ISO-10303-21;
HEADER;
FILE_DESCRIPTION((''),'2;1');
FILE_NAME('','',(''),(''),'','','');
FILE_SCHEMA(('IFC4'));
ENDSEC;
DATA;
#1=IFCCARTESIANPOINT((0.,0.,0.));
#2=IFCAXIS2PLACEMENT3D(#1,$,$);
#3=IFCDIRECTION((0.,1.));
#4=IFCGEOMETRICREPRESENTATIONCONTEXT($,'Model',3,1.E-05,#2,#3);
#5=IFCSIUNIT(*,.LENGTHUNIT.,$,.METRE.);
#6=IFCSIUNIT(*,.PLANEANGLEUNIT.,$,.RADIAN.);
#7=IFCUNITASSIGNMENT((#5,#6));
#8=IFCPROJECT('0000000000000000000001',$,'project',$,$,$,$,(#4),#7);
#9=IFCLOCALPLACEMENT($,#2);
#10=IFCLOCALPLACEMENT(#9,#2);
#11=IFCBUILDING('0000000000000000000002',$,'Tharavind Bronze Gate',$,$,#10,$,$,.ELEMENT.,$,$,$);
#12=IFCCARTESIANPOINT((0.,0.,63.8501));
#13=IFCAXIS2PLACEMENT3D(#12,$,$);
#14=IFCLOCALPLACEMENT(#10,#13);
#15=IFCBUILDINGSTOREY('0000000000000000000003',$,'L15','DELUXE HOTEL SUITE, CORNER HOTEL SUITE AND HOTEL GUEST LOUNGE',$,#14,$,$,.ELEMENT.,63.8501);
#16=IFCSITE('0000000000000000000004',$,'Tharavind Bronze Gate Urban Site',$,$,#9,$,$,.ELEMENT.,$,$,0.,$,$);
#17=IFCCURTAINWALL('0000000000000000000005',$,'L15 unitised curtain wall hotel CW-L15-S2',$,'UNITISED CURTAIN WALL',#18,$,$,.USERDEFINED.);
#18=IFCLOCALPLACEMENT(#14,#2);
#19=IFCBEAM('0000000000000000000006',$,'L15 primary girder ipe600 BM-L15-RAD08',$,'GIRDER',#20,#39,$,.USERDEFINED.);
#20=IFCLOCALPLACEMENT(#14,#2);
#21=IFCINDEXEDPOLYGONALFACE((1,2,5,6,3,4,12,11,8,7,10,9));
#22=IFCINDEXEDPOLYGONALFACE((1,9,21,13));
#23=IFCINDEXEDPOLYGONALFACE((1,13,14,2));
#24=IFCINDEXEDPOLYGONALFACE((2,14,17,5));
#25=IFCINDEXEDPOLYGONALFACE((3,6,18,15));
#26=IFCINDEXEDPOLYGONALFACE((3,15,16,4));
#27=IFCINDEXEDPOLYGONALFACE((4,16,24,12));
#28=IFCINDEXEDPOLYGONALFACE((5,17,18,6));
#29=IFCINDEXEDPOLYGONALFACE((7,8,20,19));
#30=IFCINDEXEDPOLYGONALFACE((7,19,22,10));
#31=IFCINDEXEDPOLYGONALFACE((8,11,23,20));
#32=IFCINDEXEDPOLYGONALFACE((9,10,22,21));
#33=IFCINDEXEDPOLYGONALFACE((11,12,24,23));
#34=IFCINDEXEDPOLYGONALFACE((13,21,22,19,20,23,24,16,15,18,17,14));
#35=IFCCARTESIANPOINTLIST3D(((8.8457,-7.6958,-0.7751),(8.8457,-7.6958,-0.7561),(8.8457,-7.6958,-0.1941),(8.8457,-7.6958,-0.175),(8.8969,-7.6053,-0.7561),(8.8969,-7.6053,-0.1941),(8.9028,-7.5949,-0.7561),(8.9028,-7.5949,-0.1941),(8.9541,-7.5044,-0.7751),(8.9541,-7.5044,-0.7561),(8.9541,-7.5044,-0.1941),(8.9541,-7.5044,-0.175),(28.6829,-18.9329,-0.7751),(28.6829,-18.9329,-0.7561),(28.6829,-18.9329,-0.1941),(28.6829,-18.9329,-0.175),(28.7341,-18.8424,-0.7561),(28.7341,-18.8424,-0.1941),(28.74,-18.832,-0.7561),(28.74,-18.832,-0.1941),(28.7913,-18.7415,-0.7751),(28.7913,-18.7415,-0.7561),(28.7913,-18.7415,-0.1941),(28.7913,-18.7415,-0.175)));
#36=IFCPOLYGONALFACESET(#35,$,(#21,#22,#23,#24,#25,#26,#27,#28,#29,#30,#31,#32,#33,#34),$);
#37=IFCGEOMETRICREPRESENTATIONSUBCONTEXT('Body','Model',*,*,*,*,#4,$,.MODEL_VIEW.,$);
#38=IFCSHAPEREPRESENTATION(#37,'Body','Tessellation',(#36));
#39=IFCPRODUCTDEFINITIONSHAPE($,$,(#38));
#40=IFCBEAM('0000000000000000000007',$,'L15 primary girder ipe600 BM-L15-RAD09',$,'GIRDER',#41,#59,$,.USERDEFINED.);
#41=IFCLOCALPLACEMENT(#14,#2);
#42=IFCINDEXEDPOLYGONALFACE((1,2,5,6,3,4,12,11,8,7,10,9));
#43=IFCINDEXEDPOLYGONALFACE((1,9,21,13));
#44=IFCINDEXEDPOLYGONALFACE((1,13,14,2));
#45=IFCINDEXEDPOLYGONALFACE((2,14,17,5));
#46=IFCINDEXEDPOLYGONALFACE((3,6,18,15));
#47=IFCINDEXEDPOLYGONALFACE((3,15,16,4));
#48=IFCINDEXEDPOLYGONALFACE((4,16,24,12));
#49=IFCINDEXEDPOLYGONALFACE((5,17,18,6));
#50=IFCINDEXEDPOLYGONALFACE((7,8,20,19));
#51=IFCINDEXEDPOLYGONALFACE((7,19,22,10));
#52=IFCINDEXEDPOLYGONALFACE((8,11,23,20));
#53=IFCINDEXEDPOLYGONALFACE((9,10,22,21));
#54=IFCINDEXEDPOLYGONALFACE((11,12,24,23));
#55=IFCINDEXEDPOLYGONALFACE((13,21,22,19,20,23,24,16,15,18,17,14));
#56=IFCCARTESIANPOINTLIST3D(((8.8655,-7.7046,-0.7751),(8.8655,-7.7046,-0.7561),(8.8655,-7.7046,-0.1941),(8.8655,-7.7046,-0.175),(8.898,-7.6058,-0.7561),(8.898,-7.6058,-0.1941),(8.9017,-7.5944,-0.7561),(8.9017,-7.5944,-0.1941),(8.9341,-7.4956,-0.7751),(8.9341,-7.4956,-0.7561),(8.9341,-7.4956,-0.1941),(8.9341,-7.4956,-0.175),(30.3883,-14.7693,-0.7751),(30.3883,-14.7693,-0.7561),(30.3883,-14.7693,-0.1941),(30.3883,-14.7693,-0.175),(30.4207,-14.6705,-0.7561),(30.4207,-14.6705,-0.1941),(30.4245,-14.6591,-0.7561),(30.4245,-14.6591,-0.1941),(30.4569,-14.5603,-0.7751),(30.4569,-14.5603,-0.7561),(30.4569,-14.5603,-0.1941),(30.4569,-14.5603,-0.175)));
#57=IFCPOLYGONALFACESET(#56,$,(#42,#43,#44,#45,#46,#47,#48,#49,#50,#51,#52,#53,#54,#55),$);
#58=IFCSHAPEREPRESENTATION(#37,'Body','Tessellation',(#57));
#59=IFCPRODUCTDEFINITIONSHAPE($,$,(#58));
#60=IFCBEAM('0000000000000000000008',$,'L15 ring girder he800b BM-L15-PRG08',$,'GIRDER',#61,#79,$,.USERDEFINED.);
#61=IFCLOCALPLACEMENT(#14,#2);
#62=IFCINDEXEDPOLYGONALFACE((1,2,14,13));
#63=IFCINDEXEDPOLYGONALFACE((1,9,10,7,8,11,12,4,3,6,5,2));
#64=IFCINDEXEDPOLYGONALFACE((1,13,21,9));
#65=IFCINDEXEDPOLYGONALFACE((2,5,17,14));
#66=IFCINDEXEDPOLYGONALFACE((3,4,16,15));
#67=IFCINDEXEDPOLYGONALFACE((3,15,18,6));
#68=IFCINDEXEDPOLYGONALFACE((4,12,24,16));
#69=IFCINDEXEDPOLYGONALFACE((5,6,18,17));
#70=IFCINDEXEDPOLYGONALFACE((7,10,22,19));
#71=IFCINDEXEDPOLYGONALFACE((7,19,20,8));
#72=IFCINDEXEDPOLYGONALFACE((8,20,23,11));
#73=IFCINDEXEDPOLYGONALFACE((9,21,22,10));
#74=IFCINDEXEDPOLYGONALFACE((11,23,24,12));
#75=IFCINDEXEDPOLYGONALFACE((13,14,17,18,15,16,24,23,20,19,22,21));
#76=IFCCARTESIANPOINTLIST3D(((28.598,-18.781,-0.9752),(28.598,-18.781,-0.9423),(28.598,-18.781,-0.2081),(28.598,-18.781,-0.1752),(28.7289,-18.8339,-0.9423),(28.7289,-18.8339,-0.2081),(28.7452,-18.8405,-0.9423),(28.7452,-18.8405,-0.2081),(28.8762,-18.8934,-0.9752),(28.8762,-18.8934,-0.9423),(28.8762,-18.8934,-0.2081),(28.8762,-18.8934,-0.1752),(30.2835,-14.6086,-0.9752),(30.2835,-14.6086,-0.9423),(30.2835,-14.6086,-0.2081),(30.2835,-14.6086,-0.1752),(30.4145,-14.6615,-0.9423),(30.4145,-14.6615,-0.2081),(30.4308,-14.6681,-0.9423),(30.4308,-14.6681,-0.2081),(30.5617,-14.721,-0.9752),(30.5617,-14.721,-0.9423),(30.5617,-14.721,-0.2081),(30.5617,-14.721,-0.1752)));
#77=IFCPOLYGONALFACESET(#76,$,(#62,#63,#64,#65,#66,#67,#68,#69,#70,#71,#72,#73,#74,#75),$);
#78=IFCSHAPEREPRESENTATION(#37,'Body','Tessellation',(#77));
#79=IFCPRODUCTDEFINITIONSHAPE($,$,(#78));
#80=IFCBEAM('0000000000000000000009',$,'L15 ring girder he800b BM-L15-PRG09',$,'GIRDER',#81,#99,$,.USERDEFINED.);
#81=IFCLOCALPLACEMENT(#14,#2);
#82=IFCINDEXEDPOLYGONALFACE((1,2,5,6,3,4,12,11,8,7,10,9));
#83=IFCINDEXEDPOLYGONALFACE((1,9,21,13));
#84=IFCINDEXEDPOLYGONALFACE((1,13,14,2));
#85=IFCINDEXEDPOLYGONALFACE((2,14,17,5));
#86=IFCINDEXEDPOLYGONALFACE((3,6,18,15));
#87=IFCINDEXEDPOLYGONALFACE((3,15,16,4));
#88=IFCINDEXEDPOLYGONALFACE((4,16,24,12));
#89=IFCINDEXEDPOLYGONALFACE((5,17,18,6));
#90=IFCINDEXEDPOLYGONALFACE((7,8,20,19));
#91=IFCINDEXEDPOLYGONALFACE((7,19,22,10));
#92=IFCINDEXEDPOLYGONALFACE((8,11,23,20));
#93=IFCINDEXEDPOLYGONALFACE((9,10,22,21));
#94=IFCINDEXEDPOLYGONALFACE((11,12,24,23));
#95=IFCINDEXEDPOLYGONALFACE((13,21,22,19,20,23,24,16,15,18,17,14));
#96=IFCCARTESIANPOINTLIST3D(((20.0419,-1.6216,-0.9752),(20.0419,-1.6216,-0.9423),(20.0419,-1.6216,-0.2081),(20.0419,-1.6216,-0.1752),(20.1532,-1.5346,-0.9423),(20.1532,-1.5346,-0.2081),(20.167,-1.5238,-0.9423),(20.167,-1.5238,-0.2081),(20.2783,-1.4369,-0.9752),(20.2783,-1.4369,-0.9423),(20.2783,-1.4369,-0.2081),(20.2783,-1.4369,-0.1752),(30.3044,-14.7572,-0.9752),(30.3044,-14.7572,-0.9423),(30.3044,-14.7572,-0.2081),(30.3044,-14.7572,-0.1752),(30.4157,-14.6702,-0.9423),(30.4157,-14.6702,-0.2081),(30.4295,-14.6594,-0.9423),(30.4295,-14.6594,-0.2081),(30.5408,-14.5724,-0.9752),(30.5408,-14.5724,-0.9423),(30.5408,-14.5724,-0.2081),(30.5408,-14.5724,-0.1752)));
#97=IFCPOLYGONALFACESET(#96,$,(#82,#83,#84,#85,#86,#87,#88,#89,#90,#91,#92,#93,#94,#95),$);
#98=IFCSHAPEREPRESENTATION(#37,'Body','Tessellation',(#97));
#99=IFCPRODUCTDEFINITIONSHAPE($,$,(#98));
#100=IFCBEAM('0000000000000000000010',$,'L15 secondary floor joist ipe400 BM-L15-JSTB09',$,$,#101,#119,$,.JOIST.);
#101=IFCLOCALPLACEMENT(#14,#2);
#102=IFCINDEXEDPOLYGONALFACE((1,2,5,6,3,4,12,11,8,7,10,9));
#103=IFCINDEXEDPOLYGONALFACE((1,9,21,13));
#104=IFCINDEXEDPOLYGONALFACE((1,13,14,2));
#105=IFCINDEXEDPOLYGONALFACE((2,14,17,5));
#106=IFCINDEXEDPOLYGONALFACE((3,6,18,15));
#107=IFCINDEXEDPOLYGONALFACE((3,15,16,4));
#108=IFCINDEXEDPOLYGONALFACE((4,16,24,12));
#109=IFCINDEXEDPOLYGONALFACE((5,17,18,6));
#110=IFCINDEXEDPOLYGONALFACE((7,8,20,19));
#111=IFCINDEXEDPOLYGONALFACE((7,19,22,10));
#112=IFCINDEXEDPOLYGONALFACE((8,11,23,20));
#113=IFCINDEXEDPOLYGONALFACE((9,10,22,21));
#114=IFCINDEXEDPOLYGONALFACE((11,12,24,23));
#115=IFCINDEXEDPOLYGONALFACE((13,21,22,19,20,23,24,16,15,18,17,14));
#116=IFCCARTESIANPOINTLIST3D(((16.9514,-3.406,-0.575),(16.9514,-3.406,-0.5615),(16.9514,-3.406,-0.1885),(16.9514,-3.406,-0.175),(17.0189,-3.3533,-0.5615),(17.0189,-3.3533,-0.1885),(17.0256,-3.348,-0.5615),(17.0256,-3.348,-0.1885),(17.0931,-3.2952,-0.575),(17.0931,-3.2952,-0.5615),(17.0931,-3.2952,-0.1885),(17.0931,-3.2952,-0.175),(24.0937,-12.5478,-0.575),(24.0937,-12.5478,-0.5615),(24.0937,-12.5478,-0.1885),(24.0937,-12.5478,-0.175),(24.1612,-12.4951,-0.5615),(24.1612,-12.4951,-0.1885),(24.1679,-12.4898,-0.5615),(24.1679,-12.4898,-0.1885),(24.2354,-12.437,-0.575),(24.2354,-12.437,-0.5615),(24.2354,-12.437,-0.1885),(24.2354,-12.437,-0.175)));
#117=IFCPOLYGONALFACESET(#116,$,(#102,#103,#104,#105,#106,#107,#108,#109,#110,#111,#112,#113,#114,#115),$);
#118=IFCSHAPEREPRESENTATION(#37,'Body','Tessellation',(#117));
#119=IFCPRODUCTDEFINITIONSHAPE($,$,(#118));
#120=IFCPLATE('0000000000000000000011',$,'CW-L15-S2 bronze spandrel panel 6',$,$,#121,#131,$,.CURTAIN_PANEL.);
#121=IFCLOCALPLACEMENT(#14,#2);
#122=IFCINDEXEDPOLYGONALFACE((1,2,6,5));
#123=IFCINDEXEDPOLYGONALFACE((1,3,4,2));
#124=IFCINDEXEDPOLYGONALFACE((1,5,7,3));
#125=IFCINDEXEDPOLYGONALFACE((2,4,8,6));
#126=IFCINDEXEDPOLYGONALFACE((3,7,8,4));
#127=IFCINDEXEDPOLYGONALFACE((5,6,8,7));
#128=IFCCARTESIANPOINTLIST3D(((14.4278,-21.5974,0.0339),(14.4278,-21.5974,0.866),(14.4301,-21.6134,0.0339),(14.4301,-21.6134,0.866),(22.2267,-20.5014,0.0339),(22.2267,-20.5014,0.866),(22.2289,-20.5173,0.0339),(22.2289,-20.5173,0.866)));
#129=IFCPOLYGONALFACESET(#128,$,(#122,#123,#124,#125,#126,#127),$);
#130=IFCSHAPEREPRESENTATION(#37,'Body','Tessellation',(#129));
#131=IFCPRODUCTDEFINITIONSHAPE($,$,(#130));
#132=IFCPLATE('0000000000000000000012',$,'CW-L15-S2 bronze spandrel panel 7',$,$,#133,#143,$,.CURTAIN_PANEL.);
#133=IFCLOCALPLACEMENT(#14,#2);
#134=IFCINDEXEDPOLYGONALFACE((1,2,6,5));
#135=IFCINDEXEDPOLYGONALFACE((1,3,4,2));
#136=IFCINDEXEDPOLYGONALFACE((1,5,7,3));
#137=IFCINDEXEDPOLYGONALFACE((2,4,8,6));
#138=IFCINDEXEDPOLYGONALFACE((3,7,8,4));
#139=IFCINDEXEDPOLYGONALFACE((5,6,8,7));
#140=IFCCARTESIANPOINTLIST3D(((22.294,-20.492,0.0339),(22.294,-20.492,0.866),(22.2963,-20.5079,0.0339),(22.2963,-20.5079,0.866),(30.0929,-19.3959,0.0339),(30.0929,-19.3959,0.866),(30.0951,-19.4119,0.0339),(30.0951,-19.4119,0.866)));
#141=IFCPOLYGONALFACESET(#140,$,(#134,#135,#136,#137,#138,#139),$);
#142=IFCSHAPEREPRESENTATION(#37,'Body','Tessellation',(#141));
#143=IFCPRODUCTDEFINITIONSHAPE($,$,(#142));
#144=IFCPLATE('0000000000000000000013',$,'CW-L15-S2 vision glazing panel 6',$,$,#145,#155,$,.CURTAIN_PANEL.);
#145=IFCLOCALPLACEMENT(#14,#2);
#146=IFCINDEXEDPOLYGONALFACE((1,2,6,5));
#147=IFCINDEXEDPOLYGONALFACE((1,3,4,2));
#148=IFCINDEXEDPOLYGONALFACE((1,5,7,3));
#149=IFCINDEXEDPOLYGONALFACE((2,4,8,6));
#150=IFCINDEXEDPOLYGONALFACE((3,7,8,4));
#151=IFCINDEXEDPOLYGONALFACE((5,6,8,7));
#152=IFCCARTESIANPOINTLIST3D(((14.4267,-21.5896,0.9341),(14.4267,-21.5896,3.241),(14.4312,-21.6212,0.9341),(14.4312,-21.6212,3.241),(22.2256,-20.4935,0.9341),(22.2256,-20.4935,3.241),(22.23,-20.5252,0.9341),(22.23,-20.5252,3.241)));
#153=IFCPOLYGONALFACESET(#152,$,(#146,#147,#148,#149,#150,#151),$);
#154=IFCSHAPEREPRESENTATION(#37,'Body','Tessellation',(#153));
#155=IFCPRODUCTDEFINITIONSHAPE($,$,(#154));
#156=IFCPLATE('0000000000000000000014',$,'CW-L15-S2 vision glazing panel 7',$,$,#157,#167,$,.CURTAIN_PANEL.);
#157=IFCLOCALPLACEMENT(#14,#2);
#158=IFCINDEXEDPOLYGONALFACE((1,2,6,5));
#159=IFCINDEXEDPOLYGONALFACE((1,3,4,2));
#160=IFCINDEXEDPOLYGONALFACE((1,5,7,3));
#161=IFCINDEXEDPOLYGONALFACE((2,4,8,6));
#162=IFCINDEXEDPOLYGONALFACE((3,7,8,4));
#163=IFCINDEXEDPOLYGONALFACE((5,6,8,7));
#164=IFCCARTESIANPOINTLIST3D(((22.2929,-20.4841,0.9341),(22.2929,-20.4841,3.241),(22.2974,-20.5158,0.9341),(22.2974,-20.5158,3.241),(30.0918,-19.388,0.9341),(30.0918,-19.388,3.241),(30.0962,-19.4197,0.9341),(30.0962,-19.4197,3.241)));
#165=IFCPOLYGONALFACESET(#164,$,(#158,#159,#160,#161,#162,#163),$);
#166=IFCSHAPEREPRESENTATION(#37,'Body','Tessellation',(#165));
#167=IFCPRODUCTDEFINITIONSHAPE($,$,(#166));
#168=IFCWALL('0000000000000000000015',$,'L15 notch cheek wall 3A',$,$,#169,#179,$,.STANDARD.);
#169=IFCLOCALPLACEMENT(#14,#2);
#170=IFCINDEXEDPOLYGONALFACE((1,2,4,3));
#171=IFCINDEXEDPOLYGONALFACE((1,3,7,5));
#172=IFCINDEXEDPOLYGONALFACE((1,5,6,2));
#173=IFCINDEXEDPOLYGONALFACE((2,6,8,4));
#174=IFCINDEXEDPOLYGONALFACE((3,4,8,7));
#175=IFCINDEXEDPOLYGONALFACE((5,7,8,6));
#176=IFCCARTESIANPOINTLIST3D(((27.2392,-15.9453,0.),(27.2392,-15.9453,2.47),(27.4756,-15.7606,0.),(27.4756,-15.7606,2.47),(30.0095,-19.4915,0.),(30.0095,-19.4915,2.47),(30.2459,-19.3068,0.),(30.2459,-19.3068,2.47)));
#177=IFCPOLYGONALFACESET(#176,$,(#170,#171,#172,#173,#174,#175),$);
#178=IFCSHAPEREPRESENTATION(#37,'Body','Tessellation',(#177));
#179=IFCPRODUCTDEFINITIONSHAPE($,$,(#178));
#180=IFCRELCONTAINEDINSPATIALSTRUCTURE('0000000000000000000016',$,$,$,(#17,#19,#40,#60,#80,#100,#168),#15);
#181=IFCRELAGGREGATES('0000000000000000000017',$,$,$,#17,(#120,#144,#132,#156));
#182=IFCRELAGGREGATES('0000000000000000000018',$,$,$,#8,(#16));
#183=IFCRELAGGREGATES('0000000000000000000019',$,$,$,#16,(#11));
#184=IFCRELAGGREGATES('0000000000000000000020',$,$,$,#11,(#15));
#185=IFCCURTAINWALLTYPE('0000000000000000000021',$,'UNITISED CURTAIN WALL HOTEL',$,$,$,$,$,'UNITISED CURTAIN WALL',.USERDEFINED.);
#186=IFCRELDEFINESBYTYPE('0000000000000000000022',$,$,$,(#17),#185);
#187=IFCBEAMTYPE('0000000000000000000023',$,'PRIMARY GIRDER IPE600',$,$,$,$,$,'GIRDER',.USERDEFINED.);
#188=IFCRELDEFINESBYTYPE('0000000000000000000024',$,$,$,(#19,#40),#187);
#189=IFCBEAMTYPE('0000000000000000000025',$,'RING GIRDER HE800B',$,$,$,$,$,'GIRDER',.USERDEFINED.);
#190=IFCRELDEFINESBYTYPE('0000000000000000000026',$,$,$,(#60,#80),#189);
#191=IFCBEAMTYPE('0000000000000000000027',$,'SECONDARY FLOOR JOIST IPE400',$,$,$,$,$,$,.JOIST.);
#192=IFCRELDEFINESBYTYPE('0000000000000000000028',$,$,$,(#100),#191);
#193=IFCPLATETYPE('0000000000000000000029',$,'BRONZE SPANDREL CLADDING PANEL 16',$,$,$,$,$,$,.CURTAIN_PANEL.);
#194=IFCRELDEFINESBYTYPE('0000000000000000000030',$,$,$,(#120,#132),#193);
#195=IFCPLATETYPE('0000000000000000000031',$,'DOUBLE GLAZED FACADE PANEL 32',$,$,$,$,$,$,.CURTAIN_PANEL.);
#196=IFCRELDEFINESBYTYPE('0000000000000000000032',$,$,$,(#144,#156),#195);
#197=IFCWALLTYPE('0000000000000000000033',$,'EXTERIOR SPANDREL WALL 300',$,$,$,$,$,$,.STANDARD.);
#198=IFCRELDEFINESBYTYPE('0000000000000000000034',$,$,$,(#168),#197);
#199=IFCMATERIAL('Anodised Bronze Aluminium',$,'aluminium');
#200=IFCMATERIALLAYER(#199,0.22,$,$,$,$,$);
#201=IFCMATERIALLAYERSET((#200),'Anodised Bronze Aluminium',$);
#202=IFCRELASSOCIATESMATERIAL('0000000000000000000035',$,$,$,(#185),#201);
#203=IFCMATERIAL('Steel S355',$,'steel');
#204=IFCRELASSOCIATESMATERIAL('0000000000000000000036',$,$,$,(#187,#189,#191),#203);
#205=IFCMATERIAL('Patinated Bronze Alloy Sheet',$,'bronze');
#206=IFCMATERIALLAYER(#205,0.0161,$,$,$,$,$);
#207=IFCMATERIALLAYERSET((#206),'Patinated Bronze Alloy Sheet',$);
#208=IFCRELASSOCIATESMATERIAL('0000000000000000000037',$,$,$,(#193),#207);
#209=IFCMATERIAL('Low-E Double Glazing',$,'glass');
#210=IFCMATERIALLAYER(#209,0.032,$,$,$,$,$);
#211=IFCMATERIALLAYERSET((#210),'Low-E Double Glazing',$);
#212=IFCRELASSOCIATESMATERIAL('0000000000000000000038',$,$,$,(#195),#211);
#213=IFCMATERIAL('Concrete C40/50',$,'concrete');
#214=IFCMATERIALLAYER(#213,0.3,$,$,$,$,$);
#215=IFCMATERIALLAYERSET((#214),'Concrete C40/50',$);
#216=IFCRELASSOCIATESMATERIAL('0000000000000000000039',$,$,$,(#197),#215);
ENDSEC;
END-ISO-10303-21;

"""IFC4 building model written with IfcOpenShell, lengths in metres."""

from ifc_helpers import new_model, si_unit, direction, frame, frame_2d, origin, origin_2d, place, context, subcontext, project, spatial, rectangle, i_section, extrude, material, layer, layer_set, material_profile, profile_set, type_object, element, aggregate, save


model = new_model("IFC4")

# Units and contexts
model_context = context("Model", 3, precision=1e-05, world=origin(), true_north=direction((0.0, 1.0)))
body_context = subcontext(model_context, "Body", "Model", "MODEL_VIEW")
ifc_project = project(units=[si_unit("LENGTHUNIT", "METRE"), si_unit("PLANEANGLEUNIT", "RADIAN")], contexts=[model_context])

# Site, building, storey
site_placement = place(None, origin())
site = spatial("IfcSite", under=ifc_project, at=site_placement, Name="Tharavind Bronze Gate Urban Site", CompositionType="ELEMENT", RefElevation=0.0)
building_placement = place(site_placement, origin())
building = spatial("IfcBuilding", under=site, at=building_placement, Name="Tharavind Bronze Gate", CompositionType="ELEMENT")
storey_placement = place(building_placement, frame((0.0, 0.0, 63.8501)))
storey = spatial("IfcBuildingStorey", under=building, at=storey_placement, Name="L15", Description="DELUXE HOTEL SUITE, CORNER HOTEL SUITE AND HOTEL GUEST LOUNGE", CompositionType="ELEMENT", Elevation=63.8501)

# Curtain wall
ifc_material_1 = material(Name="Anodised Bronze Aluminium", Category="aluminium")
ifc_layer_1 = layer(ifc_material_1, 0.22)
ifc_layer_set_1 = layer_set([ifc_layer_1], Name="Anodised Bronze Aluminium")
curtain_wall_type = type_object("IfcCurtainWallType", Name="UNITISED CURTAIN WALL HOTEL", ElementType="UNITISED CURTAIN WALL", PredefinedType="USERDEFINED", material=ifc_layer_set_1)
curtain_wall_1_placement = place(storey_placement, origin())
curtain_wall_1 = element("IfcCurtainWall", 1, at=curtain_wall_1_placement, inside=storey, type_object=curtain_wall_type, Name="L15 unitised curtain wall hotel CW-L15-S2", ObjectType="UNITISED CURTAIN WALL", PredefinedType="USERDEFINED")

# Beams
ifc_material_2 = material(Name="Steel S355", Category="steel")
ifc_material_profile_1 = material_profile(ifc_material_2, i_section(OverallWidth=0.22, OverallDepth=0.6001, WebThickness=0.012, FlangeThickness=0.019, at=origin_2d()), Name="IPE600")
ifc_profile_set_1 = profile_set([ifc_material_profile_1], Name="Steel S355")
beam_type_1 = type_object("IfcBeamType", Name="PRIMARY GIRDER IPE600", ElementType="GIRDER", PredefinedType="USERDEFINED", material=ifc_profile_set_1)
beam_1_placement = place(storey_placement, frame((28.7371, -18.8372, -0.4751), z_axis=(-0.870097, 0.49288, 0.0), x_axis=(-0.49288, -0.870097, 0.0)))
element("IfcBeam", 2, at=beam_1_placement, inside=storey, type_object=beam_type_1, Name="L15 primary girder ipe600 BM-L15-RAD08", ObjectType="GIRDER", PredefinedType="USERDEFINED", context=body_context, shape_type="SweptSolid", body=[
    extrude(i_section(OverallWidth=0.22, OverallDepth=0.6001, WebThickness=0.012, FlangeThickness=0.019, at=origin_2d()), origin(), (0.0, 0.0, 1.0), 22.7988),
])
beam_2_placement = place(storey_placement, frame((30.4226, -14.6648, -0.4751), z_axis=(-0.950124, 0.311872, 0.0), x_axis=(-0.311872, -0.950124, 0.0)))
element("IfcBeam", 3, at=beam_2_placement, inside=storey, type_object=beam_type_1, Name="L15 primary girder ipe600 BM-L15-RAD09", ObjectType="GIRDER", PredefinedType="USERDEFINED", context=body_context, shape_type="SweptSolid", body=[
    extrude(i_section(OverallWidth=0.22, OverallDepth=0.6001, WebThickness=0.012, FlangeThickness=0.019, at=origin_2d()), origin(), (0.0, 0.0, 1.0), 22.6526),
])
ifc_material_profile_2 = material_profile(ifc_material_2, i_section(OverallWidth=0.3, OverallDepth=0.8, WebThickness=0.0176, FlangeThickness=0.033, at=origin_2d()), Name="HE800B")
ifc_profile_set_2 = profile_set([ifc_material_profile_2], Name="Steel S355")
beam_type_2 = type_object("IfcBeamType", Name="RING GIRDER HE800B", ElementType="GIRDER", PredefinedType="USERDEFINED", material=ifc_profile_set_2)
beam_3_placement = place(storey_placement, frame((28.7371, -18.8372, -0.5752), z_axis=(0.374569, 0.927199, 0.0), x_axis=(-0.927199, 0.374569, 0.0)))
element("IfcBeam", 4, at=beam_3_placement, inside=storey, type_object=beam_type_2, Name="L15 ring girder he800b BM-L15-PRG08", ObjectType="GIRDER", PredefinedType="USERDEFINED", context=body_context, shape_type="SweptSolid", body=[
    extrude(i_section(OverallWidth=0.3, OverallDepth=0.8, WebThickness=0.0176, FlangeThickness=0.033, at=origin_2d()), origin(), (0.0, 0.0, 1.0), 4.5),
])
beam_4_placement = place(storey_placement, frame((30.4226, -14.6648, -0.5752), z_axis=(-0.615657, 0.788014, 0.0), x_axis=(-0.788014, -0.615657, 0.0)))
element("IfcBeam", 5, at=beam_4_placement, inside=storey, type_object=beam_type_2, Name="L15 ring girder he800b BM-L15-PRG09", ObjectType="GIRDER", PredefinedType="USERDEFINED", context=body_context, shape_type="SweptSolid", body=[
    extrude(i_section(OverallWidth=0.3, OverallDepth=0.8, WebThickness=0.0176, FlangeThickness=0.033, at=origin_2d()), origin(), (0.0, 0.0, 1.0), 16.6692),
])
ifc_material_profile_3 = material_profile(ifc_material_2, i_section(OverallWidth=0.1799, OverallDepth=0.3999, WebThickness=0.0085, FlangeThickness=0.0134, at=origin_2d()), Name="IPE400")
ifc_profile_set_3 = profile_set([ifc_material_profile_3], Name="Steel S355")
beam_type_3 = type_object("IfcBeamType", Name="SECONDARY FLOOR JOIST IPE400", PredefinedType="JOIST", material=ifc_profile_set_3)
beam_5_placement = place(storey_placement, frame((24.1646, -12.4924, -0.375), z_axis=(-0.615658, 0.788013, 0.0), x_axis=(-0.788013, -0.615658, 0.0)))
element("IfcBeam", 6, at=beam_5_placement, inside=storey, type_object=beam_type_3, Name="L15 secondary floor joist ipe400 BM-L15-JSTB09", PredefinedType="JOIST", context=body_context, shape_type="SweptSolid", body=[
    extrude(i_section(OverallWidth=0.1799, OverallDepth=0.3999, WebThickness=0.0085, FlangeThickness=0.0134, at=origin_2d()), origin(), (0.0, 0.0, 1.0), 11.6011),
])

# Plates
ifc_material_3 = material(Name="Patinated Bronze Alloy Sheet", Category="bronze")
ifc_layer_2 = layer(ifc_material_3, 0.0161)
ifc_layer_set_2 = layer_set([ifc_layer_2], Name="Patinated Bronze Alloy Sheet")
plate_type_1 = type_object("IfcPlateType", Name="BRONZE SPANDREL CLADDING PANEL 16", PredefinedType="CURTAIN_PANEL", material=ifc_layer_set_2)
plate_1_placement = place(storey_placement, frame((18.3284, -21.0574, 0.0339), z_axis=(0.0, 0.0, 1.0), x_axis=(0.990268, 0.139173, 0.0)))
plate_1 = element("IfcPlate", 7, at=plate_1_placement, type_object=plate_type_1, Name="CW-L15-S2 bronze spandrel panel 6", PredefinedType="CURTAIN_PANEL", context=body_context, shape_type="SweptSolid", body=[
    extrude(rectangle(XDim=7.8755, YDim=0.0161, at=origin_2d()), origin(), (0.0, 0.0, 1.0), 0.832),
])
plate_2_placement = place(storey_placement, frame((26.1946, -19.9519, 0.0339), z_axis=(0.0, 0.0, 1.0), x_axis=(0.990268, 0.139173, 0.0)))
plate_2 = element("IfcPlate", 8, at=plate_2_placement, type_object=plate_type_1, Name="CW-L15-S2 bronze spandrel panel 7", PredefinedType="CURTAIN_PANEL", context=body_context, shape_type="SweptSolid", body=[
    extrude(rectangle(XDim=7.8755, YDim=0.0161, at=origin_2d()), origin(), (0.0, 0.0, 1.0), 0.832),
])
ifc_material_4 = material(Name="Low-E Double Glazing", Category="glass")
ifc_layer_3 = layer(ifc_material_4, 0.032)
ifc_layer_set_3 = layer_set([ifc_layer_3], Name="Low-E Double Glazing")
plate_type_2 = type_object("IfcPlateType", Name="DOUBLE GLAZED FACADE PANEL 32", PredefinedType="CURTAIN_PANEL", material=ifc_layer_set_3)
plate_3_placement = place(storey_placement, frame((18.3284, -21.0574, 0.9341), z_axis=(0.0, 0.0, 1.0), x_axis=(0.990268, 0.139173, 0.0)))
plate_3 = element("IfcPlate", 9, at=plate_3_placement, type_object=plate_type_2, Name="CW-L15-S2 vision glazing panel 6", PredefinedType="CURTAIN_PANEL", context=body_context, shape_type="SweptSolid", body=[
    extrude(rectangle(XDim=7.8755, YDim=0.032, at=origin_2d()), origin(), (0.0, 0.0, 1.0), 2.3069),
])
plate_4_placement = place(storey_placement, frame((26.1946, -19.9519, 0.9341), z_axis=(0.0, 0.0, 1.0), x_axis=(0.990268, 0.139173, 0.0)))
plate_4 = element("IfcPlate", 10, at=plate_4_placement, type_object=plate_type_2, Name="CW-L15-S2 vision glazing panel 7", PredefinedType="CURTAIN_PANEL", context=body_context, shape_type="SweptSolid", body=[
    extrude(rectangle(XDim=7.8755, YDim=0.032, at=origin_2d()), origin(), (0.0, 0.0, 1.0), 2.3069),
])
aggregate(curtain_wall_1, [plate_1, plate_3, plate_2, plate_4])

# Wall
ifc_material_5 = material(Name="Concrete C40/50", Category="concrete")
ifc_layer_4 = layer(ifc_material_5, 0.3)
ifc_layer_set_4 = layer_set([ifc_layer_4], Name="Concrete C40/50")
wall_type_1 = type_object("IfcWallType", Name="EXTERIOR SPANDREL WALL 300", PredefinedType="STANDARD", material=ifc_layer_set_4)
wall_1_placement = place(storey_placement, frame((30.1277, -19.3992, 0.0), z_axis=(0.0, 0.0, 1.0), x_axis=(-0.615622, 0.788042, 0.0)))
element("IfcWall", 11, at=wall_1_placement, inside=storey, type_object=wall_type_1, Name="L15 notch cheek wall 3A", PredefinedType="STANDARD", context=body_context, shape_type="SweptSolid", body=[
    extrude(rectangle(XDim=4.5, YDim=0.3, at=frame_2d((2.25, 0.0))), origin(), (0.0, 0.0, 1.0), 2.47),
])

save(model, "model.ifc")
